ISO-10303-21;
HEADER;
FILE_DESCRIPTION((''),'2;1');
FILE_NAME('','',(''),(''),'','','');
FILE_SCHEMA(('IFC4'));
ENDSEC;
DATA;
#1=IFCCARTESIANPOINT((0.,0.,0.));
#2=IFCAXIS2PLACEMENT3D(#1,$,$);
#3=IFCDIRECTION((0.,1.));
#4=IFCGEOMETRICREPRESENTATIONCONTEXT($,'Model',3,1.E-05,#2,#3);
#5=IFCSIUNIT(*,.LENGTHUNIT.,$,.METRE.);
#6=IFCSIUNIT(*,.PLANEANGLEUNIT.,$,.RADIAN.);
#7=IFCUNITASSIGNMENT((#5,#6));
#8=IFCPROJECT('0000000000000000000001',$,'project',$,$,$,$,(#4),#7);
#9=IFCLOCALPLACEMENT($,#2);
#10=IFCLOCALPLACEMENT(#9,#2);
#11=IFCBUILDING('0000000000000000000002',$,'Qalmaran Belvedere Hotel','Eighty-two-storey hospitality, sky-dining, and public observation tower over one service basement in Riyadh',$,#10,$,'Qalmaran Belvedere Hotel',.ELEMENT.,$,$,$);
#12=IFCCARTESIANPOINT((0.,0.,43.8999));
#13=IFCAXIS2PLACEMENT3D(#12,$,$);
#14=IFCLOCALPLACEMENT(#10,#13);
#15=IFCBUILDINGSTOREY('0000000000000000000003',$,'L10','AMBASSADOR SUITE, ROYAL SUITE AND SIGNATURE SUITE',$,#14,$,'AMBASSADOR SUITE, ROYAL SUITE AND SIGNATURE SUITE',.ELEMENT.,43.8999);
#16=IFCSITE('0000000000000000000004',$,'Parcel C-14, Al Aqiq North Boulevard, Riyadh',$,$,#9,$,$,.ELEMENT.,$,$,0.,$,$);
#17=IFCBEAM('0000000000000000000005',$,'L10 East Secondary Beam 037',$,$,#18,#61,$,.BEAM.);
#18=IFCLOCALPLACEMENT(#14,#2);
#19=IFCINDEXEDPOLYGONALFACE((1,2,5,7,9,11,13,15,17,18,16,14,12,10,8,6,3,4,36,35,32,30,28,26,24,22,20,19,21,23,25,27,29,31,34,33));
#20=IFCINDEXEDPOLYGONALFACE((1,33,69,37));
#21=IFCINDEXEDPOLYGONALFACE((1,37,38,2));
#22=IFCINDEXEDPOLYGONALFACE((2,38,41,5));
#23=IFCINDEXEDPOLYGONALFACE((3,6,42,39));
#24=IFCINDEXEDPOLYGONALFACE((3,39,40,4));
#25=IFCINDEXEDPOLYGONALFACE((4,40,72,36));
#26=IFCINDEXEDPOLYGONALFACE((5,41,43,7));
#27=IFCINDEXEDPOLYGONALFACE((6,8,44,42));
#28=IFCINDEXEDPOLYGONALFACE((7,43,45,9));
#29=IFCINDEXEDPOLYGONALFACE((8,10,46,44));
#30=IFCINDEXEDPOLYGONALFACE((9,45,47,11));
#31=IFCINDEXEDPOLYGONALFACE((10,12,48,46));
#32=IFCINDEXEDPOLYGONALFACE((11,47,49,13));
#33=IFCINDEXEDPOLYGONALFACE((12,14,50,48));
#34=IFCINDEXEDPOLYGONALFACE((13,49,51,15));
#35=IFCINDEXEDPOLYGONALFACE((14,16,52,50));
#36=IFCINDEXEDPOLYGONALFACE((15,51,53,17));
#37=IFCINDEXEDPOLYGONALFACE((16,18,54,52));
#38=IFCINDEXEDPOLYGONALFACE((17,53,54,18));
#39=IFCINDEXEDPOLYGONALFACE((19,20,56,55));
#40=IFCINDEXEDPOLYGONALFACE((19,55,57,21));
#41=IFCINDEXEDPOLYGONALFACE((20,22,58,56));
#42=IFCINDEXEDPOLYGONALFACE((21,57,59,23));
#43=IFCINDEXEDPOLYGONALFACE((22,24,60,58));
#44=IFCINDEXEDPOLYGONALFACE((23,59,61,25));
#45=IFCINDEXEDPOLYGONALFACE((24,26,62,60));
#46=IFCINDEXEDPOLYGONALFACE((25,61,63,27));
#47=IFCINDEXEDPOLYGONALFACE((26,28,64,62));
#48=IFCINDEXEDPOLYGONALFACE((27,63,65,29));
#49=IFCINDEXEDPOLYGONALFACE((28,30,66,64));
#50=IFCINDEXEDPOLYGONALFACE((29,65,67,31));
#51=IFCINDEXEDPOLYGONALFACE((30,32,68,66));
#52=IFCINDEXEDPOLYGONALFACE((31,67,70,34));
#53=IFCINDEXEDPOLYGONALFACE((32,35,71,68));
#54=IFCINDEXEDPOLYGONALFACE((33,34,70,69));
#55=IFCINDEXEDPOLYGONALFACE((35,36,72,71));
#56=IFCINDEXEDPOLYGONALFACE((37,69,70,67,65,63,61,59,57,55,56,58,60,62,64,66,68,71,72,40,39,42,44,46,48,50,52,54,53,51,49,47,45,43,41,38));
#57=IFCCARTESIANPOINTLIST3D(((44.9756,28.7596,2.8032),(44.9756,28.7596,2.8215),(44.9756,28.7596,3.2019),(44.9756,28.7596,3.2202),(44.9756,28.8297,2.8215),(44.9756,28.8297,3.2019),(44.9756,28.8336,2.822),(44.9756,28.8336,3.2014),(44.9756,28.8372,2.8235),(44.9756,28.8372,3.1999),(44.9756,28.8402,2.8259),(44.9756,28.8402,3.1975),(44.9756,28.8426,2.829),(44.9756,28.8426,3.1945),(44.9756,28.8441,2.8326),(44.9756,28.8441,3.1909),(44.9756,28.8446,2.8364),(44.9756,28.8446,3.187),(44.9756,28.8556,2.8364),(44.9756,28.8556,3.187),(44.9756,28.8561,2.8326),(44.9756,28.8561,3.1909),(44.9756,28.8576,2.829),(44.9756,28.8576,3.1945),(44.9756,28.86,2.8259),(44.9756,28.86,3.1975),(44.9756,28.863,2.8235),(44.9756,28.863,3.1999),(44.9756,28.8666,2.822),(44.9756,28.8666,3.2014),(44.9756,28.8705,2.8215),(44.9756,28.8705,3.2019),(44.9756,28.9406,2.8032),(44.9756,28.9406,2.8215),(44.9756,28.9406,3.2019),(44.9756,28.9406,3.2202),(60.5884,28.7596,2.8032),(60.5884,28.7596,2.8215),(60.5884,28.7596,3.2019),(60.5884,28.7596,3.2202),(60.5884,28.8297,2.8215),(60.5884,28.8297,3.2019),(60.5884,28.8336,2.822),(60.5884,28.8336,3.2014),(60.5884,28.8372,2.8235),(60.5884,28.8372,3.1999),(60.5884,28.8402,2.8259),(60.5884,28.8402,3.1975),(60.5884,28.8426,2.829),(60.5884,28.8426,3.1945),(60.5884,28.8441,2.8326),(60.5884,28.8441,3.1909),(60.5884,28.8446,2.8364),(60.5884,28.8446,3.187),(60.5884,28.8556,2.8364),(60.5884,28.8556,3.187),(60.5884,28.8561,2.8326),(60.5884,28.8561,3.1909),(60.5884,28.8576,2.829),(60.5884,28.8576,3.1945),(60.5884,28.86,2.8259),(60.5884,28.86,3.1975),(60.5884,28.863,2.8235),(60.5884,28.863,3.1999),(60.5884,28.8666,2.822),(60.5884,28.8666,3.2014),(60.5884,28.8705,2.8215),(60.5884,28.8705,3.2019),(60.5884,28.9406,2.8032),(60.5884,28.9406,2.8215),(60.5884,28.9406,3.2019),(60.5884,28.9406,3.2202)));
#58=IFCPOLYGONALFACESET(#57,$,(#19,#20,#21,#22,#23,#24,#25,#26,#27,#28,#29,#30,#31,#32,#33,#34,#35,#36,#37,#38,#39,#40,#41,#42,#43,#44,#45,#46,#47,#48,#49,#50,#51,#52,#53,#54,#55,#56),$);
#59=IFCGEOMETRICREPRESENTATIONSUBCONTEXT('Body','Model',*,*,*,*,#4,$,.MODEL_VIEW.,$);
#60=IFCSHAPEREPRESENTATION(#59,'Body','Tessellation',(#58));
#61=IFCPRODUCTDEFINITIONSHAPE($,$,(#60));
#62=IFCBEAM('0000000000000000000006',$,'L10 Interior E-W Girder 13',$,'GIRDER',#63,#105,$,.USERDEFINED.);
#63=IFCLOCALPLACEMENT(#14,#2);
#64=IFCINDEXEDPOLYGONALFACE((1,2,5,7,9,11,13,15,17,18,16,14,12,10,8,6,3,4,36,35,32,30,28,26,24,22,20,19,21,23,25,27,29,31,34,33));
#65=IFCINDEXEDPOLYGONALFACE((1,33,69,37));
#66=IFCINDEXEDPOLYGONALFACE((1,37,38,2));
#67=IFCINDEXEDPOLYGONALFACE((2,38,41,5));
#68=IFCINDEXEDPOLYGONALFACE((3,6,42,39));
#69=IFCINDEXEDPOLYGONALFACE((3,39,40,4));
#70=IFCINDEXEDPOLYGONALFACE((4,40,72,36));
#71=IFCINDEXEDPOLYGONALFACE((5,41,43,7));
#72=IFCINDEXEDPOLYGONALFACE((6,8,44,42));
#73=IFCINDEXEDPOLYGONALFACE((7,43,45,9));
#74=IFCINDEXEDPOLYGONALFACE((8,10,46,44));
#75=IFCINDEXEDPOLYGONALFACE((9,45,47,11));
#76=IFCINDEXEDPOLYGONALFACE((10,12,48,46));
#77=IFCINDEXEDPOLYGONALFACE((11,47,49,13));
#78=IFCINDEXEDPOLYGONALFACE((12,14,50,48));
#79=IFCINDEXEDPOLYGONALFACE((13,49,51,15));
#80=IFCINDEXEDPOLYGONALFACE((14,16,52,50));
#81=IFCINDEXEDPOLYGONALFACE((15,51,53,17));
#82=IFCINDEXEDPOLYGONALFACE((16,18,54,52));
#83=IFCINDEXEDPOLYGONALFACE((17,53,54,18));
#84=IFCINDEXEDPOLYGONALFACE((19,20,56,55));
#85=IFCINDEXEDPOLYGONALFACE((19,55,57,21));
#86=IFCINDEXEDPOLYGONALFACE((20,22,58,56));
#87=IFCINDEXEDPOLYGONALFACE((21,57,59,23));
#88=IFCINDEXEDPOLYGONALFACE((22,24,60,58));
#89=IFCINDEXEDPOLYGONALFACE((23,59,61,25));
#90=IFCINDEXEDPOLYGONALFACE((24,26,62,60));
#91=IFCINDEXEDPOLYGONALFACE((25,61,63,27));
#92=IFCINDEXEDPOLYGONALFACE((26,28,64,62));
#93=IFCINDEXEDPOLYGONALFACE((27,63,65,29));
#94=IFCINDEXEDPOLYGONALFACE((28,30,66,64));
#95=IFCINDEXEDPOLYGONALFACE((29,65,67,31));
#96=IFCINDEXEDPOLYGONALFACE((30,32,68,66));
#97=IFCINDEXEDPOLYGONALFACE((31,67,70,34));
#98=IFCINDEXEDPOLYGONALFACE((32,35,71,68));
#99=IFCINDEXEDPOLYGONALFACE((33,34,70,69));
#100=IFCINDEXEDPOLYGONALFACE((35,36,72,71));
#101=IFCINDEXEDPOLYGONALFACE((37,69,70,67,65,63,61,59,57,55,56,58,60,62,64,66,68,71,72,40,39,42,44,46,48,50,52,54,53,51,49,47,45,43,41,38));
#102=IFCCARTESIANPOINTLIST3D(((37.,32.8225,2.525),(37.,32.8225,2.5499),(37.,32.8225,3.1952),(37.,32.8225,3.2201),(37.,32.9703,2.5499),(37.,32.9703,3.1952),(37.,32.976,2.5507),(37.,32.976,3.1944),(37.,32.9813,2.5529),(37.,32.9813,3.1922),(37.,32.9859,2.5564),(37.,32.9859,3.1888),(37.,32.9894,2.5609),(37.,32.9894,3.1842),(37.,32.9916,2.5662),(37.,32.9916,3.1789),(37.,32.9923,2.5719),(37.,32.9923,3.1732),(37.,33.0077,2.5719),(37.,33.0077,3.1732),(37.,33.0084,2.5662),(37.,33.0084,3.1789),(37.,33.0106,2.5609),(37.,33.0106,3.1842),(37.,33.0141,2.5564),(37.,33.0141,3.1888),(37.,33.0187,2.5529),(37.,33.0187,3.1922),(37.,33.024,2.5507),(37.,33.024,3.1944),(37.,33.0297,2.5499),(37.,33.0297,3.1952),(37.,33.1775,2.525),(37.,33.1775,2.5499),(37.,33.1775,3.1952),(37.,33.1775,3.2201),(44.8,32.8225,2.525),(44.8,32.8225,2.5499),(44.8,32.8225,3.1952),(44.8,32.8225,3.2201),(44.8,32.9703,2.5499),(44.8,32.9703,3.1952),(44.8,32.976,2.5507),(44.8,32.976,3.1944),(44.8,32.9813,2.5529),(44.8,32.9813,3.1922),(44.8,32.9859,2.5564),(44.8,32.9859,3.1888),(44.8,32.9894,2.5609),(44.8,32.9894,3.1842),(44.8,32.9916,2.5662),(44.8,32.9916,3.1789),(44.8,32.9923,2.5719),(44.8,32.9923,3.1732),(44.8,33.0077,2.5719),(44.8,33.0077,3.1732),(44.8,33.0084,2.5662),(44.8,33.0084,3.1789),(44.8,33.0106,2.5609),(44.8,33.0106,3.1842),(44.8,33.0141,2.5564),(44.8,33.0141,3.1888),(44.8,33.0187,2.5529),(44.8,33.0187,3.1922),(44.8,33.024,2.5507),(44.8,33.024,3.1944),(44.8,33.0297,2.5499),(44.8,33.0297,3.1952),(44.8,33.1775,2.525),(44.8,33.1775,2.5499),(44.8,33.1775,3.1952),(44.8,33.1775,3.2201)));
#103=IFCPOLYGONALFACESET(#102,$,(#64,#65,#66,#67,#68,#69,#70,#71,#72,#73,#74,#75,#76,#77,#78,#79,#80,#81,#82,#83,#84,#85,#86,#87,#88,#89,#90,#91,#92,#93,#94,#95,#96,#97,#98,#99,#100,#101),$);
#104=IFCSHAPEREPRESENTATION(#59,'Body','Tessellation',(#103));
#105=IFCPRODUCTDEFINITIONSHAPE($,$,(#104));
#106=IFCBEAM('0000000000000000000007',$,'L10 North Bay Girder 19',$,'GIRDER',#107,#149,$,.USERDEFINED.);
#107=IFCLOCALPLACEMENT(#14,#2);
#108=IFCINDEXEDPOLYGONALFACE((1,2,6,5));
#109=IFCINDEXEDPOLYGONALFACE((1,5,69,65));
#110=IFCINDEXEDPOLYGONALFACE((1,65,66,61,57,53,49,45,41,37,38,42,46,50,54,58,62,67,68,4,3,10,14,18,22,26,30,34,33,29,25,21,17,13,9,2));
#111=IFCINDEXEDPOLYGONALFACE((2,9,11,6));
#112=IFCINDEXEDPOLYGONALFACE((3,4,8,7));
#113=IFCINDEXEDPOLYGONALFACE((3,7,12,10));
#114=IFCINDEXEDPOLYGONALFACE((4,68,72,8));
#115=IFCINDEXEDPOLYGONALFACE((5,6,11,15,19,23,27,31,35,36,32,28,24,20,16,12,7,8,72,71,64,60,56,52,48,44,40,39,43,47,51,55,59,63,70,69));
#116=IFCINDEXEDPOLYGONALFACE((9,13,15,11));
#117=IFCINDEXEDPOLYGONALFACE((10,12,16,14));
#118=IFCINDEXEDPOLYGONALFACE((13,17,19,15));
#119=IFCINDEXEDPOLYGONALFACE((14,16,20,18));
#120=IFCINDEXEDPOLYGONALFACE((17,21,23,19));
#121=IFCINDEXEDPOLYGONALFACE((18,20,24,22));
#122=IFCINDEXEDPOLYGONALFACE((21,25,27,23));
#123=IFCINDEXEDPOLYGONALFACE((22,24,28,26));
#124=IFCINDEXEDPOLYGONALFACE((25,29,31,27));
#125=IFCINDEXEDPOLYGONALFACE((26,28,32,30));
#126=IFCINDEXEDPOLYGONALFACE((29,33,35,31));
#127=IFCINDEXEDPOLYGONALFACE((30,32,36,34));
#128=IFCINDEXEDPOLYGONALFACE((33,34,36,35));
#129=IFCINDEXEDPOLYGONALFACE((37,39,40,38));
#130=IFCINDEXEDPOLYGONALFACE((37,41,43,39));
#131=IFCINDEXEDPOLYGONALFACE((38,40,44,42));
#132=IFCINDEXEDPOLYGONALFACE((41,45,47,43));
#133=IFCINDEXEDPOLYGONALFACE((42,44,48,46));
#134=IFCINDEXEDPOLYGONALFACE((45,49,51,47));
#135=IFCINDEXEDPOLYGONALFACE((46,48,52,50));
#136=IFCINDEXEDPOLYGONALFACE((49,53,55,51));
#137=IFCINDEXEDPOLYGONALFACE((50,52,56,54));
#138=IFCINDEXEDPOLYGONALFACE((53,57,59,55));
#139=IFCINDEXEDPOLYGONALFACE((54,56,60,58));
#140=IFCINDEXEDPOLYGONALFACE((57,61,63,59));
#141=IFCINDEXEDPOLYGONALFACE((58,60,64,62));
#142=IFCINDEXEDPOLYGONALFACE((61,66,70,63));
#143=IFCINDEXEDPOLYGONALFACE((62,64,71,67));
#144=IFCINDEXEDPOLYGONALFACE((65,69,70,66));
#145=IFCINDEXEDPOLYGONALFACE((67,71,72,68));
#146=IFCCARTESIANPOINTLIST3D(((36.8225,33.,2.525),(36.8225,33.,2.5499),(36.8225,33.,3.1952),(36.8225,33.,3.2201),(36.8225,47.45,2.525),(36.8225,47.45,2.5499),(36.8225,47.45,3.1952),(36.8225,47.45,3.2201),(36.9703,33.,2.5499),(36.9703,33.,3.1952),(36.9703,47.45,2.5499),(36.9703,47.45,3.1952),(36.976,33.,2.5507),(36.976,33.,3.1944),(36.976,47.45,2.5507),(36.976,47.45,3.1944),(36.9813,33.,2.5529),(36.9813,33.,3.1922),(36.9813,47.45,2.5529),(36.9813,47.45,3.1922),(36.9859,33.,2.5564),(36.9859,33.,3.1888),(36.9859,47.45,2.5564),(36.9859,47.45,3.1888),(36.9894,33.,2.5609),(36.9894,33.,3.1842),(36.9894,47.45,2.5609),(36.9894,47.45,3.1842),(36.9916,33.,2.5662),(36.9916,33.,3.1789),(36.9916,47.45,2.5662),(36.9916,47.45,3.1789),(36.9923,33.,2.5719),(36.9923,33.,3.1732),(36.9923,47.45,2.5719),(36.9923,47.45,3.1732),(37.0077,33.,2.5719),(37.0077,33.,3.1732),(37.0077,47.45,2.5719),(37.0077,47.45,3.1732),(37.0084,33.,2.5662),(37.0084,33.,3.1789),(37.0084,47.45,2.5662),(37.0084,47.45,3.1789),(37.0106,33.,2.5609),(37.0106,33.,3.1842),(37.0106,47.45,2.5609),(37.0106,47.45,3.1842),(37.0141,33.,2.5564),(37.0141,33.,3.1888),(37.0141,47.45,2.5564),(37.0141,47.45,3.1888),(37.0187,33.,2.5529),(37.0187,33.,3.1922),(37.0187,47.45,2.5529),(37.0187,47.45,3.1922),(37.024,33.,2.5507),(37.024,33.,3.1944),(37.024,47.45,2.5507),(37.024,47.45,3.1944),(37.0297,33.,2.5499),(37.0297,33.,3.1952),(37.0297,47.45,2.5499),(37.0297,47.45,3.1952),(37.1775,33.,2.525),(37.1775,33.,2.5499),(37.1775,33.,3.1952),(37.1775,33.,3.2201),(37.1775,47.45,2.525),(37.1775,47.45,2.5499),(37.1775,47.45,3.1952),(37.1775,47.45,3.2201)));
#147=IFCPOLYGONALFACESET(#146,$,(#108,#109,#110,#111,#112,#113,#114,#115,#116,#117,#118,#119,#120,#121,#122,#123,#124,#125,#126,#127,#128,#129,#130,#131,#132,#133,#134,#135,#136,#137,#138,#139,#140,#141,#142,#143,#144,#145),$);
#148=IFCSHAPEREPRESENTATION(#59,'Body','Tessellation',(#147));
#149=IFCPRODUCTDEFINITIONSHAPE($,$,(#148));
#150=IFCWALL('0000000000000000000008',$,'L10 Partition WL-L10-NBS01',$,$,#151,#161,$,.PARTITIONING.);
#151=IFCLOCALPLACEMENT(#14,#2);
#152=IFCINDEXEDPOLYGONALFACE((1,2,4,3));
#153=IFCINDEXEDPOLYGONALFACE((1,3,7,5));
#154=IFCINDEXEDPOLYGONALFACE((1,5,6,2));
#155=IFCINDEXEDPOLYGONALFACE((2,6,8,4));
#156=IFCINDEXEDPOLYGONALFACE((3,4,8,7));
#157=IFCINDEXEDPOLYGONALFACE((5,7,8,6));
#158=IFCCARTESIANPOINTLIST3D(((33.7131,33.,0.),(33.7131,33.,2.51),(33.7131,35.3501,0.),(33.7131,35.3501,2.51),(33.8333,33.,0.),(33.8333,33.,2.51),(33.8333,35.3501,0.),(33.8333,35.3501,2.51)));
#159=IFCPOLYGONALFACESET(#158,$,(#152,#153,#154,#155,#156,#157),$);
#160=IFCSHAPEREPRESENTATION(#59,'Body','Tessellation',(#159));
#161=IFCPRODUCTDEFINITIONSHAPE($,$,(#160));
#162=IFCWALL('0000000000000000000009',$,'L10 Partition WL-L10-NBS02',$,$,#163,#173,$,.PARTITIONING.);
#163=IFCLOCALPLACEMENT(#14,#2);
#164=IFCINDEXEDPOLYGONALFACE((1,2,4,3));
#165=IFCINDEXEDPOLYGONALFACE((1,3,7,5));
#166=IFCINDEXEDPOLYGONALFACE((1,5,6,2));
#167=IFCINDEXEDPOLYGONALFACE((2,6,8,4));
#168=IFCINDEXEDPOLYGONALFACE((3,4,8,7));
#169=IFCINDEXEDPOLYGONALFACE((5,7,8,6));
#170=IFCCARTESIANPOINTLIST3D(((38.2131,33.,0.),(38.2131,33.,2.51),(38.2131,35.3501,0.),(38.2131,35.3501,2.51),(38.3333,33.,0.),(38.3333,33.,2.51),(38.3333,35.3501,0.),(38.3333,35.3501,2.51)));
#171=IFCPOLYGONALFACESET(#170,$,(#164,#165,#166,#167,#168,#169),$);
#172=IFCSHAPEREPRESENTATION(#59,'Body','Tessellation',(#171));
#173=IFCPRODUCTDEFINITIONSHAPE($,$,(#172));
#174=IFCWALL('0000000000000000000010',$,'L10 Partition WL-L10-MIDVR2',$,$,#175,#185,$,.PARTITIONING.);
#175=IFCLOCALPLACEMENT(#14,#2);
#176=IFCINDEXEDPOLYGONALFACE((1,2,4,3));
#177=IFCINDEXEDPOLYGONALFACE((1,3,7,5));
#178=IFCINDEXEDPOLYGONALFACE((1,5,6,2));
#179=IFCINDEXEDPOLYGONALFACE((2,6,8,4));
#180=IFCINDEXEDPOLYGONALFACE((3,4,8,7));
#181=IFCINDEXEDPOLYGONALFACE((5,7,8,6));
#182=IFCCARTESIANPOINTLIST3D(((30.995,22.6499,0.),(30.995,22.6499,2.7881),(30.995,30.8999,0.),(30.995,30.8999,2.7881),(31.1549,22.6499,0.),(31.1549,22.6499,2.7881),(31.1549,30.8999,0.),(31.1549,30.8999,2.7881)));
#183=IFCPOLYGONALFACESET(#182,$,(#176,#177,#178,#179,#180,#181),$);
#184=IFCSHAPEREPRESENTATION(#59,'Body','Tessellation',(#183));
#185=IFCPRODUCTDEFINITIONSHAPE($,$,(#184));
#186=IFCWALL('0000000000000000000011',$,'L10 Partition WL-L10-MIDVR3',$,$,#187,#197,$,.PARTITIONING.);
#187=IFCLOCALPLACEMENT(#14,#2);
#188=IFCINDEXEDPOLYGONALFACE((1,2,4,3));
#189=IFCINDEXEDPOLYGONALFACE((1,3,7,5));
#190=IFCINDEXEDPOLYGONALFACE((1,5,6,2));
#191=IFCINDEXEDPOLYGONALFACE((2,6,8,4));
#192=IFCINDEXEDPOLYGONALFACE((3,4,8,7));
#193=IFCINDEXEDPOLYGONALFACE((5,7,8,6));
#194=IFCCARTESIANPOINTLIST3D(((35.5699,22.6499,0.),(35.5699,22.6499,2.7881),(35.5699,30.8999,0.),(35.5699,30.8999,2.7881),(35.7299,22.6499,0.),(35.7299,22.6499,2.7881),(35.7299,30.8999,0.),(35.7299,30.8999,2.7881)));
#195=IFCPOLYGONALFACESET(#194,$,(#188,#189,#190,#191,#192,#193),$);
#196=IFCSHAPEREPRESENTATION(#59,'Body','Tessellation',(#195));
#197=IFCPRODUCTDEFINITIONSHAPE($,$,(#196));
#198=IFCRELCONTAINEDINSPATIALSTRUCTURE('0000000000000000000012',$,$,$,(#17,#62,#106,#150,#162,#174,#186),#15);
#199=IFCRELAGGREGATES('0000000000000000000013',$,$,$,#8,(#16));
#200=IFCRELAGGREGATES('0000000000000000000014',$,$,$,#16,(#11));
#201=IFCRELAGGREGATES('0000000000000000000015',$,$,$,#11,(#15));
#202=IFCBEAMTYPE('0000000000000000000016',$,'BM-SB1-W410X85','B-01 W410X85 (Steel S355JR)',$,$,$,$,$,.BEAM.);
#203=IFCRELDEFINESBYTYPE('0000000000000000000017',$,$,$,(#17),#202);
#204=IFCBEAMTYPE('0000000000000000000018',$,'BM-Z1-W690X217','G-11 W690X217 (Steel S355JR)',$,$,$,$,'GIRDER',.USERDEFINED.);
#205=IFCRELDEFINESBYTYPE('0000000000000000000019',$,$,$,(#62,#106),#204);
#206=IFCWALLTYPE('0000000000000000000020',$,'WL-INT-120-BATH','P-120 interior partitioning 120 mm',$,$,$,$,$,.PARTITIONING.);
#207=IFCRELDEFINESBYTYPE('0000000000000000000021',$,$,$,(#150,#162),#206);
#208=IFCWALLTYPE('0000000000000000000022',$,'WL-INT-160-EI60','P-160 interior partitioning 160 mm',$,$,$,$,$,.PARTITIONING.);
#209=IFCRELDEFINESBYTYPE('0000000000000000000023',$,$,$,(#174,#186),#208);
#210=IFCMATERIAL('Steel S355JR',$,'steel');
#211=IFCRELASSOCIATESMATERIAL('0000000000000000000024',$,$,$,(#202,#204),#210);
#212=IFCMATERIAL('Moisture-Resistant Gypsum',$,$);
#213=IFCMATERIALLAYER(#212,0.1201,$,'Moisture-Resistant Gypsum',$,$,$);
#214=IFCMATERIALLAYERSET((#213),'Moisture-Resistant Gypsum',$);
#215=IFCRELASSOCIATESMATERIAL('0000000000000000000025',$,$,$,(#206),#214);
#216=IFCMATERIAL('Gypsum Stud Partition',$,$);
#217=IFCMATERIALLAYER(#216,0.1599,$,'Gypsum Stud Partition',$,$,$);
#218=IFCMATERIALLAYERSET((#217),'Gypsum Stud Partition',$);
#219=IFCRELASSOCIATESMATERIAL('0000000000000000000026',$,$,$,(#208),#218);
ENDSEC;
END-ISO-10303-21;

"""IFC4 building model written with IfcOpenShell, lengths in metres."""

from ifc_helpers import new_model, si_unit, direction, frame, frame_2d, origin, origin_2d, place, context, subcontext, project, spatial, rectangle, i_section, extrude, material, layer, layer_set, material_profile, profile_set, type_object, element, save


model = new_model("IFC4")

# Units and contexts
model_context = context("Model", 3, precision=1e-05, world=origin(), true_north=direction((0.0, 1.0)))
body_context = subcontext(model_context, "Body", "Model", "MODEL_VIEW")
ifc_project = project(units=[si_unit("LENGTHUNIT", "METRE"), si_unit("PLANEANGLEUNIT", "RADIAN")], contexts=[model_context])

# Site, building, storey
site_placement = place(None, origin())
site = spatial("IfcSite", under=ifc_project, at=site_placement, Name="Parcel C-14, Al Aqiq North Boulevard, Riyadh", CompositionType="ELEMENT", RefElevation=0.0)
building_placement = place(site_placement, origin())
building = spatial("IfcBuilding", under=site, at=building_placement, Name="Qalmaran Belvedere Hotel", Description="Eighty-two-storey hospitality, sky-dining, and public observation tower over one service basement in Riyadh", LongName="Qalmaran Belvedere Hotel", CompositionType="ELEMENT")
storey_placement = place(building_placement, frame((0.0, 0.0, 43.8999)))
storey = spatial("IfcBuildingStorey", under=building, at=storey_placement, Name="L10", Description="AMBASSADOR SUITE, ROYAL SUITE AND SIGNATURE SUITE", LongName="AMBASSADOR SUITE, ROYAL SUITE AND SIGNATURE SUITE", CompositionType="ELEMENT", Elevation=43.8999)

# Beams
ifc_material_1 = material(Name="Steel S355JR", Category="steel")
ifc_material_profile_1 = material_profile(ifc_material_1, i_section(OverallWidth=0.1809, OverallDepth=0.417, WebThickness=0.011, FlangeThickness=0.0183, FilletRadius=0.0149, at=origin_2d()), Name="W410X85")
ifc_profile_set_1 = profile_set([ifc_material_profile_1], Name="Steel S355JR")
beam_type_1 = type_object("IfcBeamType", Name="BM-SB1-W410X85", Description="B-01 W410X85 (Steel S355JR)", PredefinedType="BEAM", material=ifc_profile_set_1)
beam_1_placement = place(storey_placement, frame((44.9756, 28.8501, 3.0117), z_axis=(1.0, 0.0, 0.0), x_axis=(0.0, 1.0, 0.0)))
element("IfcBeam", 1, at=beam_1_placement, inside=storey, type_object=beam_type_1, Name="L10 East Secondary Beam 037", PredefinedType="BEAM", context=body_context, shape_type="SweptSolid", body=[
    extrude(i_section(OverallWidth=0.1809, OverallDepth=0.417, WebThickness=0.011, FlangeThickness=0.0183, FilletRadius=0.0149, at=origin_2d()), origin(), (0.0, 0.0, 1.0), 15.6128),
])
ifc_material_profile_2 = material_profile(ifc_material_1, i_section(OverallWidth=0.355, OverallDepth=0.6951, WebThickness=0.0154, FlangeThickness=0.0249, FilletRadius=0.022, at=origin_2d()), Name="W690X217")
ifc_profile_set_2 = profile_set([ifc_material_profile_2], Name="Steel S355JR")
beam_type_2 = type_object("IfcBeamType", Name="BM-Z1-W690X217", Description="G-11 W690X217 (Steel S355JR)", ElementType="GIRDER", PredefinedType="USERDEFINED", material=ifc_profile_set_2)
beam_2_placement = place(storey_placement, frame((37.0, 33.0, 2.8726), z_axis=(1.0, 0.0, 0.0), x_axis=(0.0, 1.0, 0.0)))
element("IfcBeam", 2, at=beam_2_placement, inside=storey, type_object=beam_type_2, Name="L10 Interior E-W Girder 13", ObjectType="GIRDER", PredefinedType="USERDEFINED", context=body_context, shape_type="SweptSolid", body=[
    extrude(i_section(OverallWidth=0.355, OverallDepth=0.6951, WebThickness=0.0154, FlangeThickness=0.0249, FilletRadius=0.022, at=origin_2d()), origin(), (0.0, 0.0, 1.0), 7.8),
])
beam_3_placement = place(storey_placement, frame((37.0, 33.0, 2.8726), z_axis=(0.0, 1.0, 0.0), x_axis=(-1.0, 0.0, 0.0)))
element("IfcBeam", 3, at=beam_3_placement, inside=storey, type_object=beam_type_2, Name="L10 North Bay Girder 19", ObjectType="GIRDER", PredefinedType="USERDEFINED", context=body_context, shape_type="SweptSolid", body=[
    extrude(i_section(OverallWidth=0.355, OverallDepth=0.6951, WebThickness=0.0154, FlangeThickness=0.0249, FilletRadius=0.022, at=origin_2d()), origin(), (0.0, 0.0, 1.0), 14.45),
])

# Walls
ifc_material_2 = material(Name="Moisture-Resistant Gypsum")
ifc_layer_1 = layer(ifc_material_2, 0.1201, Name="Moisture-Resistant Gypsum")
ifc_layer_set_1 = layer_set([ifc_layer_1], Name="Moisture-Resistant Gypsum")
wall_type_1 = type_object("IfcWallType", Name="WL-INT-120-BATH", Description="P-120 interior partitioning 120 mm", PredefinedType="PARTITIONING", material=ifc_layer_set_1)
for number, where, z_axis, x_axis, name in (
    (4, (33.7732, 33.0, 0.0), (0.0, 0.0, 1.0), (0.0, 1.0, 0.0), "L10 Partition WL-L10-NBS01"),
    (5, (38.2732, 33.0, 0.0), (0.0, 0.0, 1.0), (0.0, 1.0, 0.0), "L10 Partition WL-L10-NBS02"),
):
    element("IfcWall", number, at=place(storey_placement, frame(where, z_axis=z_axis, x_axis=x_axis)), inside=storey, type_object=wall_type_1, Name=name, PredefinedType="PARTITIONING", context=body_context, shape_type="SweptSolid", body=[
        extrude(rectangle(XDim=2.3501, YDim=0.1201, at=frame_2d((1.175, 0.0))), origin(), (0.0, 0.0, 1.0), 2.51),
    ])
ifc_material_3 = material(Name="Gypsum Stud Partition")
ifc_layer_2 = layer(ifc_material_3, 0.1599, Name="Gypsum Stud Partition")
ifc_layer_set_2 = layer_set([ifc_layer_2], Name="Gypsum Stud Partition")
wall_type_2 = type_object("IfcWallType", Name="WL-INT-160-EI60", Description="P-160 interior partitioning 160 mm", PredefinedType="PARTITIONING", material=ifc_layer_set_2)
for number, where, z_axis, x_axis, name in (
    (6, (31.075, 22.6499, 0.0), (0.0, 0.0, 1.0), (0.0, 1.0, 0.0), "L10 Partition WL-L10-MIDVR2"),
    (7, (35.6499, 22.6499, 0.0), (0.0, 0.0, 1.0), (0.0, 1.0, 0.0), "L10 Partition WL-L10-MIDVR3"),
):
    element("IfcWall", number, at=place(storey_placement, frame(where, z_axis=z_axis, x_axis=x_axis)), inside=storey, type_object=wall_type_2, Name=name, PredefinedType="PARTITIONING", context=body_context, shape_type="SweptSolid", body=[
        extrude(rectangle(XDim=8.25, YDim=0.1599, at=frame_2d((4.125, 0.0))), origin(), (0.0, 0.0, 1.0), 2.7881),
    ])

save(model, "model.ifc")
